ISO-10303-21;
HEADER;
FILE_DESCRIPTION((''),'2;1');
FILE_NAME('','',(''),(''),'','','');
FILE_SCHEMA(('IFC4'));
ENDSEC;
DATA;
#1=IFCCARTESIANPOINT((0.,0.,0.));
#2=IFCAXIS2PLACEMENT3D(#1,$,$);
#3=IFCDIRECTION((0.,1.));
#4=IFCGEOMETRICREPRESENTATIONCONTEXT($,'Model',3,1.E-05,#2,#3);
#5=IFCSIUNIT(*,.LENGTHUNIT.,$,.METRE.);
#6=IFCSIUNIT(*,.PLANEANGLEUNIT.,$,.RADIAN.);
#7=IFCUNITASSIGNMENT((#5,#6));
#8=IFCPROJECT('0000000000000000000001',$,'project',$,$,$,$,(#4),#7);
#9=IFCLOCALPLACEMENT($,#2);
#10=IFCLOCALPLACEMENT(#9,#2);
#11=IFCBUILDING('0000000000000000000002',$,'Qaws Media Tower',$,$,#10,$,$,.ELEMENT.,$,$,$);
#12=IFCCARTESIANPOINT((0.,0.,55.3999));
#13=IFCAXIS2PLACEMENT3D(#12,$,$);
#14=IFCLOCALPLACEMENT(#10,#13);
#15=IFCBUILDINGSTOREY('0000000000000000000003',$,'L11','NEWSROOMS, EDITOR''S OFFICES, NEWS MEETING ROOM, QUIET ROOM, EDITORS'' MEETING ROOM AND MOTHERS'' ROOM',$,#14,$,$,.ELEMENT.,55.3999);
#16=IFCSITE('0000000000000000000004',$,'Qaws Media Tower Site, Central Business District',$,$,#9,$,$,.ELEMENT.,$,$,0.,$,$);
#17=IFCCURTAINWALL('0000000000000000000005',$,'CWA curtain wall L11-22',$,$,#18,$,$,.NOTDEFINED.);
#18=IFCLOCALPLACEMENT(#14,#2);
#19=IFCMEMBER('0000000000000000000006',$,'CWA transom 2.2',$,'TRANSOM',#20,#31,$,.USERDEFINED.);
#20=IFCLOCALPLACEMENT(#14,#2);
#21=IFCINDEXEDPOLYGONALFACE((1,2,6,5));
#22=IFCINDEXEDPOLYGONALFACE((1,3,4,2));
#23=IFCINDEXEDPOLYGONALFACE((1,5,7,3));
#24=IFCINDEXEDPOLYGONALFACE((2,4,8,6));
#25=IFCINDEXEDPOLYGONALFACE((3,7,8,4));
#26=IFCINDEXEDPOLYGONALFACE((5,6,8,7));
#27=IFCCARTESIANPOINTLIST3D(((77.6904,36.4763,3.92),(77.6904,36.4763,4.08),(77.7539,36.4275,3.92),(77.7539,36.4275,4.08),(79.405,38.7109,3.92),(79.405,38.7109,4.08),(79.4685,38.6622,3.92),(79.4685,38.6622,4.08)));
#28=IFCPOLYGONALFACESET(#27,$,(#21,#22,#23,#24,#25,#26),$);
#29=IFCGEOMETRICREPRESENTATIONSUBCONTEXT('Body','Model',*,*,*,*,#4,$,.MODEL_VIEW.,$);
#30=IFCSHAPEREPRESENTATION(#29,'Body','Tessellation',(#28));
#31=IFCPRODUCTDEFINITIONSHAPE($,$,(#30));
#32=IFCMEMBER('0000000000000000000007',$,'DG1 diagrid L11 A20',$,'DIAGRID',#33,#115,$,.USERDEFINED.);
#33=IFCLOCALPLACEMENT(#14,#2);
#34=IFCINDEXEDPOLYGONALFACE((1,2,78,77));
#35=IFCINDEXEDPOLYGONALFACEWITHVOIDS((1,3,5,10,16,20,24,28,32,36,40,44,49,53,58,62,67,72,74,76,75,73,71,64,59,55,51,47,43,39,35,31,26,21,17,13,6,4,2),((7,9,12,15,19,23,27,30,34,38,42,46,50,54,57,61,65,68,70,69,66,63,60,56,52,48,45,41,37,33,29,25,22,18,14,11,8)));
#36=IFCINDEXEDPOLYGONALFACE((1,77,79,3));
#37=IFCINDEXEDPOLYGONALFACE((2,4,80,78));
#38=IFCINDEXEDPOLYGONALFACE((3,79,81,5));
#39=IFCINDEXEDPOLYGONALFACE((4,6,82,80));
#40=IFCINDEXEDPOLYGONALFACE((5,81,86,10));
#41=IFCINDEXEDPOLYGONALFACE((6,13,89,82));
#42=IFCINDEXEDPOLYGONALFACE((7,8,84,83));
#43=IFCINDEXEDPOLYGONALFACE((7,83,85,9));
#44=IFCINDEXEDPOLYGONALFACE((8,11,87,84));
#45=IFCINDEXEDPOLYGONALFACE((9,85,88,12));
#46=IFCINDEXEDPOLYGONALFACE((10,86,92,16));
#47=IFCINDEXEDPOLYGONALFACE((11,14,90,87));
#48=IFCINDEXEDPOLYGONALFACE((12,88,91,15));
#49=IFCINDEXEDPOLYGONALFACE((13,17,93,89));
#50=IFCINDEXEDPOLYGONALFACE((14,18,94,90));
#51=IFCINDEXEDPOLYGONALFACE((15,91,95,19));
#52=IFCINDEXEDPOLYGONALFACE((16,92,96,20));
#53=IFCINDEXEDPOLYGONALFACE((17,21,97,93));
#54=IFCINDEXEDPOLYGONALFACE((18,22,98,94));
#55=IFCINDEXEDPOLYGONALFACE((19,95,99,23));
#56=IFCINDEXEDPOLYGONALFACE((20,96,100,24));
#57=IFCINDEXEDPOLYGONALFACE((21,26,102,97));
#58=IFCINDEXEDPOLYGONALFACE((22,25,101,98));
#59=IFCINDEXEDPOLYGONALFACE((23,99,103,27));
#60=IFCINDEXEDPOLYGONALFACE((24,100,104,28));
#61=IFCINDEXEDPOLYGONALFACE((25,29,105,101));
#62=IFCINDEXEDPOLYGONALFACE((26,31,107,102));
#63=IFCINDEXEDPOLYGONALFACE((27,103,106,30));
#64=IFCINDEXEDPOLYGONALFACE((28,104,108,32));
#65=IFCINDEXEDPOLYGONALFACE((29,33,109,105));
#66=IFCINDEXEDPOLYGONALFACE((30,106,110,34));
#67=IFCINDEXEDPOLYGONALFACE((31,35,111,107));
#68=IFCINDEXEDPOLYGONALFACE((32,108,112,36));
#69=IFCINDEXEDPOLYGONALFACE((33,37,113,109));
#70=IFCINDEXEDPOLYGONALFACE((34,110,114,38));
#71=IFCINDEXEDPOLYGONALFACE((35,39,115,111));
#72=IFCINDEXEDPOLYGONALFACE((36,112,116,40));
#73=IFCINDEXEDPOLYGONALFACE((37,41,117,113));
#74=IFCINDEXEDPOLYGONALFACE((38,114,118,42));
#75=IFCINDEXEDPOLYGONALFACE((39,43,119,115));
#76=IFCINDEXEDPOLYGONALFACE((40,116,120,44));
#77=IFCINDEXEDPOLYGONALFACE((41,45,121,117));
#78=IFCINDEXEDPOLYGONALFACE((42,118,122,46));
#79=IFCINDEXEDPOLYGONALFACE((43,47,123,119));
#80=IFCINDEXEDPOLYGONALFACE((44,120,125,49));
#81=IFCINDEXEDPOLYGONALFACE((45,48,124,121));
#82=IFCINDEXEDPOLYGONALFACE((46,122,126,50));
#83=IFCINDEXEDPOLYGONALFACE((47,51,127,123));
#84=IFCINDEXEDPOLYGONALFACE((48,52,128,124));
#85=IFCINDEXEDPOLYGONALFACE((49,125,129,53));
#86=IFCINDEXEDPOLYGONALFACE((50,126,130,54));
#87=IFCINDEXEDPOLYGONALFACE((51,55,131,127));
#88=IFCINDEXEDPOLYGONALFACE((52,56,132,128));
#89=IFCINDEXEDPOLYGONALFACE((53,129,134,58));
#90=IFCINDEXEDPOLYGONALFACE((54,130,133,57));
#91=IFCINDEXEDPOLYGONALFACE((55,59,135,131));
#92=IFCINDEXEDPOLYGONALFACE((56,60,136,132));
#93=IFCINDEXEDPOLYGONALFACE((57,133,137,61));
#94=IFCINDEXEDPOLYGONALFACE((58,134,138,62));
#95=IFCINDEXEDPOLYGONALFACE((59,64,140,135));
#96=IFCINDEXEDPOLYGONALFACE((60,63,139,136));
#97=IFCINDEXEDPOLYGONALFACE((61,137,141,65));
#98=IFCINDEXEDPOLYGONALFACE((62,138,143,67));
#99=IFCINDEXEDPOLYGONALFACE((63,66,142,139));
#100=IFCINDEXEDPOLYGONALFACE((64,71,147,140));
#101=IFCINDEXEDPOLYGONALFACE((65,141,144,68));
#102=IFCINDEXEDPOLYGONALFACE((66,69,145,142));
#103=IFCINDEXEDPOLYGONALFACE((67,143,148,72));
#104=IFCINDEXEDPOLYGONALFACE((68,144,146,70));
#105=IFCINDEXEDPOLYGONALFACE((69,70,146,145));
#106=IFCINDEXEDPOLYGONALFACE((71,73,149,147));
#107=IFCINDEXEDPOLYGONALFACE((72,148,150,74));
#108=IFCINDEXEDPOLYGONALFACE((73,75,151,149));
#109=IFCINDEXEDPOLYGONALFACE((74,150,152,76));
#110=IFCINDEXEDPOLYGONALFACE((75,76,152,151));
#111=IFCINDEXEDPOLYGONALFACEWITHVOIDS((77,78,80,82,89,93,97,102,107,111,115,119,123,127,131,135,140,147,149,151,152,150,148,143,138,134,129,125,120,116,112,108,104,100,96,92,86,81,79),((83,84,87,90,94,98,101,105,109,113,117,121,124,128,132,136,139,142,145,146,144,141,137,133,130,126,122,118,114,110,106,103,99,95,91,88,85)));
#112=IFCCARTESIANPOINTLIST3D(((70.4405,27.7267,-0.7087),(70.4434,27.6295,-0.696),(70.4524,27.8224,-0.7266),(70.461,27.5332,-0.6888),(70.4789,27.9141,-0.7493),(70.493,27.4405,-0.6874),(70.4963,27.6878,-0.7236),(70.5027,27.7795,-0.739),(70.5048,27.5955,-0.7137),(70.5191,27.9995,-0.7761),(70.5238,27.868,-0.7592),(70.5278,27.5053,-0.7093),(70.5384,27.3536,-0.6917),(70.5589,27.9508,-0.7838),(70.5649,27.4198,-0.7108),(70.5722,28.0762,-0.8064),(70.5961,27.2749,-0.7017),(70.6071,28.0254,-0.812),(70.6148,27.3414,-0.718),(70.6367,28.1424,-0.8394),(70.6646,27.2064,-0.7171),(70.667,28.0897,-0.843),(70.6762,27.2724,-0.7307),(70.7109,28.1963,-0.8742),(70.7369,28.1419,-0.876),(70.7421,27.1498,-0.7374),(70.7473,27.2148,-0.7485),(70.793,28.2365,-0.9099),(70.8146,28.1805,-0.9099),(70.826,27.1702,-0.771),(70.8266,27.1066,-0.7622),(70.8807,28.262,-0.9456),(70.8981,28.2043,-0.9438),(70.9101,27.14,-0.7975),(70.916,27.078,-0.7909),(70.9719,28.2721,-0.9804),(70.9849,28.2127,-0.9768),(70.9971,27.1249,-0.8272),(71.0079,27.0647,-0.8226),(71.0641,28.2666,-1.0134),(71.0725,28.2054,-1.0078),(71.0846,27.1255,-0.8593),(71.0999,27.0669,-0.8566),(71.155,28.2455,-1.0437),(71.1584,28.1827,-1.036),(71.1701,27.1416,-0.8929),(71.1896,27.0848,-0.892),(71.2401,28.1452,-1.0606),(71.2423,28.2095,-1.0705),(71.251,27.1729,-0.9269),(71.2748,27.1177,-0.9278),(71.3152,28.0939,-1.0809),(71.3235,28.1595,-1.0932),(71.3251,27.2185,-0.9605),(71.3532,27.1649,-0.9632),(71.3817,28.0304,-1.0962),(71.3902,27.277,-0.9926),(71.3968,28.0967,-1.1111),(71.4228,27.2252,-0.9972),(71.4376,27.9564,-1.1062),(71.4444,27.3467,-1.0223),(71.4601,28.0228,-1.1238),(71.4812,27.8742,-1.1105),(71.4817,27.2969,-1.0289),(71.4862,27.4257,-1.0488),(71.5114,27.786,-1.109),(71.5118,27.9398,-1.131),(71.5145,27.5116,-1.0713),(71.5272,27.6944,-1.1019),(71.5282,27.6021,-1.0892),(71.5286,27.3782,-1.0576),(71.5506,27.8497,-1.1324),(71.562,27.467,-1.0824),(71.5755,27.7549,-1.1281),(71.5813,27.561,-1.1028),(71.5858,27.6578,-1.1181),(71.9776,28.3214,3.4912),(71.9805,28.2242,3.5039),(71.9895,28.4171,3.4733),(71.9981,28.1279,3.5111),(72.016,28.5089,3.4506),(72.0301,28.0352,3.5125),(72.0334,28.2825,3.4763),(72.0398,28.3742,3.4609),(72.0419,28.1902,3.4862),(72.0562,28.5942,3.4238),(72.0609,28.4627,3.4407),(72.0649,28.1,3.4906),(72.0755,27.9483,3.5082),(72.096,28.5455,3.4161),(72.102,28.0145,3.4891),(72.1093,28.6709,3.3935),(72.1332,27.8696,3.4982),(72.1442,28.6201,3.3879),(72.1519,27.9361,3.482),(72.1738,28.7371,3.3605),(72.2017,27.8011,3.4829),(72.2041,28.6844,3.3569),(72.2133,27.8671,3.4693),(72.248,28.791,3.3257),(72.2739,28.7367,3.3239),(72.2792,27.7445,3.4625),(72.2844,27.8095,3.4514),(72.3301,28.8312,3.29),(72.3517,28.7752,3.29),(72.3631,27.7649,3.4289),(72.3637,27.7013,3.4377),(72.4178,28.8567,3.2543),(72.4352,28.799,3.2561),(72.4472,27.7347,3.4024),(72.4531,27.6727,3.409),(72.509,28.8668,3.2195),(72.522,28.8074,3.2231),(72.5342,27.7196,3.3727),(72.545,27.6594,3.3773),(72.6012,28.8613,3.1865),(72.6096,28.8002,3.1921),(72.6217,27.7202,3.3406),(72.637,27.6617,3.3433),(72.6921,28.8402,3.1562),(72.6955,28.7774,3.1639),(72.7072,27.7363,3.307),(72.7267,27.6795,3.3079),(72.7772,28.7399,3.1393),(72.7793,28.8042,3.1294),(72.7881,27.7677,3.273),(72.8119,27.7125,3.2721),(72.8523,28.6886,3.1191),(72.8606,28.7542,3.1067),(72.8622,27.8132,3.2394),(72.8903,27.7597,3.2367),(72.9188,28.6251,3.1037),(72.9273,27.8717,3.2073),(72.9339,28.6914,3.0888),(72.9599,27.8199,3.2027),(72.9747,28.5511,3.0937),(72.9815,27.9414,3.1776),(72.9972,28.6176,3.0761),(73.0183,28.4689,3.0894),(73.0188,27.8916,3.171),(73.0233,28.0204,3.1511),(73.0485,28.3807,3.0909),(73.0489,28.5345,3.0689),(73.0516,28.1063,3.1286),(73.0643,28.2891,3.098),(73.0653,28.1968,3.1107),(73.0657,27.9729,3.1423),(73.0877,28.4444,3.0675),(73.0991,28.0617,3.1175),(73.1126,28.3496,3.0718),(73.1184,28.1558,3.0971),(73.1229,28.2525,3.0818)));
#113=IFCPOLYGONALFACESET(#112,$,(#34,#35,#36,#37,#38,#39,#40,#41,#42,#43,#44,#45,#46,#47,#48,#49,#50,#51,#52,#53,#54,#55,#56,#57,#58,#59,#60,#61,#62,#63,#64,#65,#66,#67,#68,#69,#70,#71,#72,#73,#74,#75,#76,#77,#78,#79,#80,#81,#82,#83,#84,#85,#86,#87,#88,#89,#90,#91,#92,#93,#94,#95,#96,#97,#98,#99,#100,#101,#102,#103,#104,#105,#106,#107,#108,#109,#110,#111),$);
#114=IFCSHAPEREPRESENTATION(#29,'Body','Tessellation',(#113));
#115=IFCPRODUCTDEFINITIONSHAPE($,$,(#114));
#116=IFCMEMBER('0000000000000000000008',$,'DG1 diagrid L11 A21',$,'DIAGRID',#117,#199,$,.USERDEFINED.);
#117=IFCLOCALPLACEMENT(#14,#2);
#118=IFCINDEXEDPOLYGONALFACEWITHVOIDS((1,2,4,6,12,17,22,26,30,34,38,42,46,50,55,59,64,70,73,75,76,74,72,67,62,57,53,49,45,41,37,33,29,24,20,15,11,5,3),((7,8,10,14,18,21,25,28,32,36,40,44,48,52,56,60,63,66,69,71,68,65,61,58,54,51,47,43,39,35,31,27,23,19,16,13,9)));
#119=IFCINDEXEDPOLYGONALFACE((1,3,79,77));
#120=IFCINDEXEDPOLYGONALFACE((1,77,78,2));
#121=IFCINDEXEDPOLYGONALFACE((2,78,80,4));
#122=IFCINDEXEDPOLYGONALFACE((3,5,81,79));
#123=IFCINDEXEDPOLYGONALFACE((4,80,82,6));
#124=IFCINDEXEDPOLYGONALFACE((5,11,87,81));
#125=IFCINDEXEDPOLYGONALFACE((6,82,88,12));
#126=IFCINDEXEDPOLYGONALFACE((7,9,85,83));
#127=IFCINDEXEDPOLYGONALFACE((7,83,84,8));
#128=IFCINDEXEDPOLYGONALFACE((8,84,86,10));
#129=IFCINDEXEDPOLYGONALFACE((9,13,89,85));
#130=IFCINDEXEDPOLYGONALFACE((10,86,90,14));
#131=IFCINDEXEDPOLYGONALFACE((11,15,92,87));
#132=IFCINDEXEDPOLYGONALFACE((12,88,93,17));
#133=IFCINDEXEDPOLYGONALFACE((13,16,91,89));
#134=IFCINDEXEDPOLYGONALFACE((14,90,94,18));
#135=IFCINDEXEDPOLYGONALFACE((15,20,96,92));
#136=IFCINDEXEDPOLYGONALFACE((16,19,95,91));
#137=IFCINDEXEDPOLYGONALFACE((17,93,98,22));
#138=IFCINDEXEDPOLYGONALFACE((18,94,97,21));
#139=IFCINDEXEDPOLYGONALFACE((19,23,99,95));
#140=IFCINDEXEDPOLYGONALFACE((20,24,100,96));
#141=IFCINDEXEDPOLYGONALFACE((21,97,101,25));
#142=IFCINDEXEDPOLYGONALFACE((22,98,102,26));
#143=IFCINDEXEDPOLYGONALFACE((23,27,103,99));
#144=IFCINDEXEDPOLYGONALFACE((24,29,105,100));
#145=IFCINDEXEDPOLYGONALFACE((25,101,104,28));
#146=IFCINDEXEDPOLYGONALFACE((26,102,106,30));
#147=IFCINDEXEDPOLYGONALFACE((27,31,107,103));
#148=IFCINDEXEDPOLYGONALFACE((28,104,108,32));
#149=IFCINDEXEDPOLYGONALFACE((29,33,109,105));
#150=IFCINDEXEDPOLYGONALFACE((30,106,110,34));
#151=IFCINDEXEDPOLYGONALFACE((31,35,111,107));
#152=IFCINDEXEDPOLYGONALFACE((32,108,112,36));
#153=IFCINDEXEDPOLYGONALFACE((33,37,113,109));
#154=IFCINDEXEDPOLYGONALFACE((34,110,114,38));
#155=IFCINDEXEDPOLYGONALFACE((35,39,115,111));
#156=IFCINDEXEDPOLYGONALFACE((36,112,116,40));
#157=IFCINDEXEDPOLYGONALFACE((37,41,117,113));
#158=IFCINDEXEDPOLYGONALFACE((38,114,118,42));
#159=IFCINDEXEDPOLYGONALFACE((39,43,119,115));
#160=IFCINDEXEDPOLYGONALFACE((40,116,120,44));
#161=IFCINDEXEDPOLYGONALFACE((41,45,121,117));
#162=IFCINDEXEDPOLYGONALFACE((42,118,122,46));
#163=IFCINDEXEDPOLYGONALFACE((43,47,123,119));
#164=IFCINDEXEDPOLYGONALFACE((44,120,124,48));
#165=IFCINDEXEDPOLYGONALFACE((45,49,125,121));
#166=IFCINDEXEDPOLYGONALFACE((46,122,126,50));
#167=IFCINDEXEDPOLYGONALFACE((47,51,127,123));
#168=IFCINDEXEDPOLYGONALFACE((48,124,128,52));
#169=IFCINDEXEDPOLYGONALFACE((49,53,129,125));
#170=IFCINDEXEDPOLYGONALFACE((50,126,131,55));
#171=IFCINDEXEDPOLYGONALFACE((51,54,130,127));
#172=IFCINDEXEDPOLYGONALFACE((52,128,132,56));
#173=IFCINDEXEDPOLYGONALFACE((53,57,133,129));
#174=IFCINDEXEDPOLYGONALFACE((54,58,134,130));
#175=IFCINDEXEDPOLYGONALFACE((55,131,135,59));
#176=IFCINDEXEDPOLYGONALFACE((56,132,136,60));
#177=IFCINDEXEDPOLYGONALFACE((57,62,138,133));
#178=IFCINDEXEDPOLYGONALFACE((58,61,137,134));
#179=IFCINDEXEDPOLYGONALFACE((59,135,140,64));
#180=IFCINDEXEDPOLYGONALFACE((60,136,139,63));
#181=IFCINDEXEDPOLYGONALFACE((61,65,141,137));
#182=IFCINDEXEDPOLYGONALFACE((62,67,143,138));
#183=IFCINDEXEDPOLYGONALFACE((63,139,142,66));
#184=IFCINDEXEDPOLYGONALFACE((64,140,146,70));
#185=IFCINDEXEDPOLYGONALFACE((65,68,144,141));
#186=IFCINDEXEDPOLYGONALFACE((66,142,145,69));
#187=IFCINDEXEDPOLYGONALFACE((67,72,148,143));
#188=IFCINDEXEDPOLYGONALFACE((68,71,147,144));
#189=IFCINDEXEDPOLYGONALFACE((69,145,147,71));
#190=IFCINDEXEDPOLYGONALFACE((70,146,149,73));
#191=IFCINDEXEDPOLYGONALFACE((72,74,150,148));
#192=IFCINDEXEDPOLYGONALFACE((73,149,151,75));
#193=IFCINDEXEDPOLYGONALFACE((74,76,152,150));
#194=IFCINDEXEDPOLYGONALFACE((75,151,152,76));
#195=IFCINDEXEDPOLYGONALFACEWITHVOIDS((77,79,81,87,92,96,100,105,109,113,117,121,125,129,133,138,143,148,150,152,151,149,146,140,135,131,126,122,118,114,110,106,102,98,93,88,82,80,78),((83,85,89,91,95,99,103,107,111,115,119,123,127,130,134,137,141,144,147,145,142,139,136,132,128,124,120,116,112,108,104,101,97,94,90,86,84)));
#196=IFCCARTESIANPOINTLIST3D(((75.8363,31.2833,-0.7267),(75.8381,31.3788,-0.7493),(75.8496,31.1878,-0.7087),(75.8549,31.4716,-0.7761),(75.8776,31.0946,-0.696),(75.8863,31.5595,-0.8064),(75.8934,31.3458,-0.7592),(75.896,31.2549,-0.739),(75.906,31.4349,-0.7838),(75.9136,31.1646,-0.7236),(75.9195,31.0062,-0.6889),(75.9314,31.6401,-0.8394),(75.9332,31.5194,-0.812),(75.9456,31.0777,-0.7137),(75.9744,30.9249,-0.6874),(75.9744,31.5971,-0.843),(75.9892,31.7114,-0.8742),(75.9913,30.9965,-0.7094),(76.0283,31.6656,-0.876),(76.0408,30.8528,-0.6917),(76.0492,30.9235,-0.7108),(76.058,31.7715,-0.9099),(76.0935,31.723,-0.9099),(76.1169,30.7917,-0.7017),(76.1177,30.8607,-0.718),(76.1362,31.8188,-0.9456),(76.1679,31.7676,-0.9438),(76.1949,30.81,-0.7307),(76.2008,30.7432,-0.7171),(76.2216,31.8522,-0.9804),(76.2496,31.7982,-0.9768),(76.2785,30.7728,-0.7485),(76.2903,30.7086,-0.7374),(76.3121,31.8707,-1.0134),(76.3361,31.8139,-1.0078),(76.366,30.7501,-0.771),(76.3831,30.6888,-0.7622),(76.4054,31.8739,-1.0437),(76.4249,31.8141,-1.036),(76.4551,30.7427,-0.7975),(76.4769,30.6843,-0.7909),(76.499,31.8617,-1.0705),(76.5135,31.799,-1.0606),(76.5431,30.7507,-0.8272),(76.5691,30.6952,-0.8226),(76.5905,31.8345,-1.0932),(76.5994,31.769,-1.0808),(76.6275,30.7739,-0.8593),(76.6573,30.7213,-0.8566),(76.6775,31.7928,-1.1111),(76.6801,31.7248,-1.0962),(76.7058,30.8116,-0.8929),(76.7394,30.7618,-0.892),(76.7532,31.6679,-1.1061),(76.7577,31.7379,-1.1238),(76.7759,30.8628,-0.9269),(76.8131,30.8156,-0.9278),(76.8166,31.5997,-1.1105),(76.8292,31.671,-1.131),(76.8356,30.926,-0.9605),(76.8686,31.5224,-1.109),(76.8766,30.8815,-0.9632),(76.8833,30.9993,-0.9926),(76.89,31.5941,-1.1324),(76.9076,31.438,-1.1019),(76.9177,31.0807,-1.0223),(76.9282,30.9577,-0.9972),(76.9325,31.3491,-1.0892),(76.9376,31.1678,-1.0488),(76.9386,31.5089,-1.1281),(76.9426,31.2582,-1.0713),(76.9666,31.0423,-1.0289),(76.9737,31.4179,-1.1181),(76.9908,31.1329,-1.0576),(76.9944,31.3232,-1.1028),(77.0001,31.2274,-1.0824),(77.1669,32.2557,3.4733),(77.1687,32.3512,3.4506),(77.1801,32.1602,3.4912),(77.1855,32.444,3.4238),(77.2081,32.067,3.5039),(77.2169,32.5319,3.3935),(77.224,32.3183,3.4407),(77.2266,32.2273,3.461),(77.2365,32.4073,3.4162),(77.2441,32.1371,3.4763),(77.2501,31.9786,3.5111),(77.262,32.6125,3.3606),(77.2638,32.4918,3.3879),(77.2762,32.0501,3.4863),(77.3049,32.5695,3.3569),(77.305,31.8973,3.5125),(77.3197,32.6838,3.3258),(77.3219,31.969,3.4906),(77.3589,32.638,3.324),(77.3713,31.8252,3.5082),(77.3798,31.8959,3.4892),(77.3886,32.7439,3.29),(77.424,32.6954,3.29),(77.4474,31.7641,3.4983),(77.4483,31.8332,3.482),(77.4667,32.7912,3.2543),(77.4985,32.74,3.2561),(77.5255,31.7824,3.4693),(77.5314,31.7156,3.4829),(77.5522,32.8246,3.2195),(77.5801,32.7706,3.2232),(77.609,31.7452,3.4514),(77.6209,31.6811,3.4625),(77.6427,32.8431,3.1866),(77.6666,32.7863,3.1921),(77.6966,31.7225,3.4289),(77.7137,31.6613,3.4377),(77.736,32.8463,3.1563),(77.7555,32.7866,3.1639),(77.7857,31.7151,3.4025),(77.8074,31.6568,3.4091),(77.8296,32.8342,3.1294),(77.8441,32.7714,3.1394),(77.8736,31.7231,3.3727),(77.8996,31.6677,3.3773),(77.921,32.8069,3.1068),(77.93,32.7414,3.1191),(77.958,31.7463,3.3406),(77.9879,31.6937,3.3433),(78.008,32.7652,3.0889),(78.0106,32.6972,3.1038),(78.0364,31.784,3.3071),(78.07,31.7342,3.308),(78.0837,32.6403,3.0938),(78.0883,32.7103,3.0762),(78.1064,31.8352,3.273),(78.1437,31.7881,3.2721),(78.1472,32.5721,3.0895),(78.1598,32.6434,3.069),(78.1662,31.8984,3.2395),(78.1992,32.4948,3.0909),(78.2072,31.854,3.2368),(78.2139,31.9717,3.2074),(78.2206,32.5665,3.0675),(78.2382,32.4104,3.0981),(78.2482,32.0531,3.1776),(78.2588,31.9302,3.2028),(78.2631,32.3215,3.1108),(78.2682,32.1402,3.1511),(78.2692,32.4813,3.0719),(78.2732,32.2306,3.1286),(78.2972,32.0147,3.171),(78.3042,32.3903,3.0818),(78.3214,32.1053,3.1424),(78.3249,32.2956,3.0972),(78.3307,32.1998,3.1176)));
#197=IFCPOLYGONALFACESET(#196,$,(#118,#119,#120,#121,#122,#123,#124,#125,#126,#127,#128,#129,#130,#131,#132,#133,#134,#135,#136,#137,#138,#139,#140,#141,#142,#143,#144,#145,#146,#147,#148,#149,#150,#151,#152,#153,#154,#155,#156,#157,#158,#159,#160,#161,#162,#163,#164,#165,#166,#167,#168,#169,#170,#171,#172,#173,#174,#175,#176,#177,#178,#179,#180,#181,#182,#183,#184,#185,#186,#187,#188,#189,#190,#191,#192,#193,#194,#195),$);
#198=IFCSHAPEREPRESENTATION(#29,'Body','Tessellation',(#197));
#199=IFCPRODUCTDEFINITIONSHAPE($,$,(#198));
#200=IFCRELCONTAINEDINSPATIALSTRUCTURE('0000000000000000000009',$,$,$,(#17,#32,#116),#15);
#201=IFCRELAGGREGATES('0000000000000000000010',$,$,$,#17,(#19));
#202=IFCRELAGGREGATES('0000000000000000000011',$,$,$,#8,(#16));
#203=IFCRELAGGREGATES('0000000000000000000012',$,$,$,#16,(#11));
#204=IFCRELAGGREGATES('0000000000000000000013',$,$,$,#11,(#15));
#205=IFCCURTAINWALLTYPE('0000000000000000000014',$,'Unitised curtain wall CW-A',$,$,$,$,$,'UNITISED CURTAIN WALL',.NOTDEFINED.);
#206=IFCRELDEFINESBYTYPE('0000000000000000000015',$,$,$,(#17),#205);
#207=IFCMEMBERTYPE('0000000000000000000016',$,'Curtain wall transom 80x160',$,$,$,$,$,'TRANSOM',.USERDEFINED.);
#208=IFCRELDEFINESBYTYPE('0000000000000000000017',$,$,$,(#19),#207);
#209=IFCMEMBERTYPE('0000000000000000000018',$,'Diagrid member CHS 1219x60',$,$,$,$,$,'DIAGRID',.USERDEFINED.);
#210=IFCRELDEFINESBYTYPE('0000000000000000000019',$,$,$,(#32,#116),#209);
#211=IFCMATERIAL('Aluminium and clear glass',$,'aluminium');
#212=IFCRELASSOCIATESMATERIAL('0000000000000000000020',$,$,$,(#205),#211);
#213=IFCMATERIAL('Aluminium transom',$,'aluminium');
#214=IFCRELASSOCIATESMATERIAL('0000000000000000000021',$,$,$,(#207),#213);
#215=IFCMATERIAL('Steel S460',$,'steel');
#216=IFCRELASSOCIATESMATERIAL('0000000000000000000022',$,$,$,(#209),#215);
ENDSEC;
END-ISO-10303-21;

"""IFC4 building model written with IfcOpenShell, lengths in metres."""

from ifc_helpers import new_model, si_unit, direction, frame, origin, origin_2d, place, context, subcontext, project, spatial, rectangle, hollow_circle, extrude, material, material_profile, profile_set, type_object, element, aggregate, save


model = new_model("IFC4")

# Units and contexts
model_context = context("Model", 3, precision=1e-05, world=origin(), true_north=direction((0.0, 1.0)))
body_context = subcontext(model_context, "Body", "Model", "MODEL_VIEW")
ifc_project = project(units=[si_unit("LENGTHUNIT", "METRE"), si_unit("PLANEANGLEUNIT", "RADIAN")], contexts=[model_context])

# Site, building, storey
site_placement = place(None, origin())
site = spatial("IfcSite", under=ifc_project, at=site_placement, Name="Qaws Media Tower Site, Central Business District", CompositionType="ELEMENT", RefElevation=0.0)
building_placement = place(site_placement, origin())
building = spatial("IfcBuilding", under=site, at=building_placement, Name="Qaws Media Tower", CompositionType="ELEMENT")
storey_placement = place(building_placement, frame((0.0, 0.0, 55.3999)))
storey = spatial("IfcBuildingStorey", under=building, at=storey_placement, Name="L11", Description="NEWSROOMS, EDITOR'S OFFICES, NEWS MEETING ROOM, QUIET ROOM, EDITORS' MEETING ROOM AND MOTHERS' ROOM", CompositionType="ELEMENT", Elevation=55.3999)

# Shared definitions
ifc_material_1 = material(Name="Aluminium and clear glass", Category="aluminium")
curtain_wall_type = type_object("IfcCurtainWallType", Name="Unitised curtain wall CW-A", ElementType="UNITISED CURTAIN WALL", PredefinedType="NOTDEFINED", material=ifc_material_1)

# Curtain wall
curtain_wall_1_placement = place(storey_placement, origin())
curtain_wall_1 = element("IfcCurtainWall", 1, at=curtain_wall_1_placement, inside=storey, type_object=curtain_wall_type, Name="CWA curtain wall L11-22", PredefinedType="NOTDEFINED")

# Member
ifc_material_2 = material(Name="Aluminium transom", Category="aluminium")
ifc_material_profile_1 = material_profile(ifc_material_2, rectangle(XDim=0.0801, YDim=0.1599, at=origin_2d()), Name="80x160")
ifc_profile_set_1 = profile_set([ifc_material_profile_1], Name="Aluminium transom")
member_type_1 = type_object("IfcMemberType", Name="Curtain wall transom 80x160", ElementType="TRANSOM", PredefinedType="USERDEFINED", material=ifc_profile_set_1)
member_1_placement = place(storey_placement, frame((77.7222, 36.4519, 4.0), z_axis=(0.608743, 0.793368, 0.0), x_axis=(-0.793368, 0.608743, 0.0)))
member_1 = element("IfcMember", 2, at=member_1_placement, type_object=member_type_1, Name="CWA transom 2.2", ObjectType="TRANSOM", PredefinedType="USERDEFINED", context=body_context, shape_type="SweptSolid", body=[
    extrude(rectangle(XDim=0.0801, YDim=0.1599, at=origin_2d()), origin(), (0.0, 0.0, 1.0), 2.8167),
])

# Members
ifc_material_3 = material(Name="Steel S460", Category="steel")
ifc_material_profile_2 = material_profile(ifc_material_3, hollow_circle(Radius=0.6096, WallThickness=0.0601, at=origin_2d()), Name="CHS 1219x60")
ifc_profile_set_2 = profile_set([ifc_material_profile_2], Name="Steel S460")
member_type_2 = type_object("IfcMemberType", Name="Diagrid member CHS 1219x60", ElementType="DIAGRID", PredefinedType="USERDEFINED", material=ifc_profile_set_2)
for number, where, z_axis, x_axis, name in (
    (3, (71.0129, 27.668, -0.9099), (0.340689, 0.131817, 0.930889), (-0.360844, 0.932626, 0.0), "DG1 diagrid L11 A20"),
    (4, (76.4177, 31.2793, -0.9099), (0.294914, 0.21553, 0.930899), (-0.590046, 0.807369, 0.0), "DG1 diagrid L11 A21"),
):
    element("IfcMember", number, at=place(storey_placement, frame(where, z_axis=z_axis, x_axis=x_axis)), inside=storey, type_object=member_type_2, Name=name, ObjectType="DIAGRID", PredefinedType="USERDEFINED", context=body_context, shape_type="SweptSolid", body=[
        extrude(hollow_circle(Radius=0.6096, WallThickness=0.0601, at=origin_2d()), origin(), (0.0, 0.0, 1.0), 4.5117),
    ])

aggregate(curtain_wall_1, [member_1])

save(model, "model.ifc")
